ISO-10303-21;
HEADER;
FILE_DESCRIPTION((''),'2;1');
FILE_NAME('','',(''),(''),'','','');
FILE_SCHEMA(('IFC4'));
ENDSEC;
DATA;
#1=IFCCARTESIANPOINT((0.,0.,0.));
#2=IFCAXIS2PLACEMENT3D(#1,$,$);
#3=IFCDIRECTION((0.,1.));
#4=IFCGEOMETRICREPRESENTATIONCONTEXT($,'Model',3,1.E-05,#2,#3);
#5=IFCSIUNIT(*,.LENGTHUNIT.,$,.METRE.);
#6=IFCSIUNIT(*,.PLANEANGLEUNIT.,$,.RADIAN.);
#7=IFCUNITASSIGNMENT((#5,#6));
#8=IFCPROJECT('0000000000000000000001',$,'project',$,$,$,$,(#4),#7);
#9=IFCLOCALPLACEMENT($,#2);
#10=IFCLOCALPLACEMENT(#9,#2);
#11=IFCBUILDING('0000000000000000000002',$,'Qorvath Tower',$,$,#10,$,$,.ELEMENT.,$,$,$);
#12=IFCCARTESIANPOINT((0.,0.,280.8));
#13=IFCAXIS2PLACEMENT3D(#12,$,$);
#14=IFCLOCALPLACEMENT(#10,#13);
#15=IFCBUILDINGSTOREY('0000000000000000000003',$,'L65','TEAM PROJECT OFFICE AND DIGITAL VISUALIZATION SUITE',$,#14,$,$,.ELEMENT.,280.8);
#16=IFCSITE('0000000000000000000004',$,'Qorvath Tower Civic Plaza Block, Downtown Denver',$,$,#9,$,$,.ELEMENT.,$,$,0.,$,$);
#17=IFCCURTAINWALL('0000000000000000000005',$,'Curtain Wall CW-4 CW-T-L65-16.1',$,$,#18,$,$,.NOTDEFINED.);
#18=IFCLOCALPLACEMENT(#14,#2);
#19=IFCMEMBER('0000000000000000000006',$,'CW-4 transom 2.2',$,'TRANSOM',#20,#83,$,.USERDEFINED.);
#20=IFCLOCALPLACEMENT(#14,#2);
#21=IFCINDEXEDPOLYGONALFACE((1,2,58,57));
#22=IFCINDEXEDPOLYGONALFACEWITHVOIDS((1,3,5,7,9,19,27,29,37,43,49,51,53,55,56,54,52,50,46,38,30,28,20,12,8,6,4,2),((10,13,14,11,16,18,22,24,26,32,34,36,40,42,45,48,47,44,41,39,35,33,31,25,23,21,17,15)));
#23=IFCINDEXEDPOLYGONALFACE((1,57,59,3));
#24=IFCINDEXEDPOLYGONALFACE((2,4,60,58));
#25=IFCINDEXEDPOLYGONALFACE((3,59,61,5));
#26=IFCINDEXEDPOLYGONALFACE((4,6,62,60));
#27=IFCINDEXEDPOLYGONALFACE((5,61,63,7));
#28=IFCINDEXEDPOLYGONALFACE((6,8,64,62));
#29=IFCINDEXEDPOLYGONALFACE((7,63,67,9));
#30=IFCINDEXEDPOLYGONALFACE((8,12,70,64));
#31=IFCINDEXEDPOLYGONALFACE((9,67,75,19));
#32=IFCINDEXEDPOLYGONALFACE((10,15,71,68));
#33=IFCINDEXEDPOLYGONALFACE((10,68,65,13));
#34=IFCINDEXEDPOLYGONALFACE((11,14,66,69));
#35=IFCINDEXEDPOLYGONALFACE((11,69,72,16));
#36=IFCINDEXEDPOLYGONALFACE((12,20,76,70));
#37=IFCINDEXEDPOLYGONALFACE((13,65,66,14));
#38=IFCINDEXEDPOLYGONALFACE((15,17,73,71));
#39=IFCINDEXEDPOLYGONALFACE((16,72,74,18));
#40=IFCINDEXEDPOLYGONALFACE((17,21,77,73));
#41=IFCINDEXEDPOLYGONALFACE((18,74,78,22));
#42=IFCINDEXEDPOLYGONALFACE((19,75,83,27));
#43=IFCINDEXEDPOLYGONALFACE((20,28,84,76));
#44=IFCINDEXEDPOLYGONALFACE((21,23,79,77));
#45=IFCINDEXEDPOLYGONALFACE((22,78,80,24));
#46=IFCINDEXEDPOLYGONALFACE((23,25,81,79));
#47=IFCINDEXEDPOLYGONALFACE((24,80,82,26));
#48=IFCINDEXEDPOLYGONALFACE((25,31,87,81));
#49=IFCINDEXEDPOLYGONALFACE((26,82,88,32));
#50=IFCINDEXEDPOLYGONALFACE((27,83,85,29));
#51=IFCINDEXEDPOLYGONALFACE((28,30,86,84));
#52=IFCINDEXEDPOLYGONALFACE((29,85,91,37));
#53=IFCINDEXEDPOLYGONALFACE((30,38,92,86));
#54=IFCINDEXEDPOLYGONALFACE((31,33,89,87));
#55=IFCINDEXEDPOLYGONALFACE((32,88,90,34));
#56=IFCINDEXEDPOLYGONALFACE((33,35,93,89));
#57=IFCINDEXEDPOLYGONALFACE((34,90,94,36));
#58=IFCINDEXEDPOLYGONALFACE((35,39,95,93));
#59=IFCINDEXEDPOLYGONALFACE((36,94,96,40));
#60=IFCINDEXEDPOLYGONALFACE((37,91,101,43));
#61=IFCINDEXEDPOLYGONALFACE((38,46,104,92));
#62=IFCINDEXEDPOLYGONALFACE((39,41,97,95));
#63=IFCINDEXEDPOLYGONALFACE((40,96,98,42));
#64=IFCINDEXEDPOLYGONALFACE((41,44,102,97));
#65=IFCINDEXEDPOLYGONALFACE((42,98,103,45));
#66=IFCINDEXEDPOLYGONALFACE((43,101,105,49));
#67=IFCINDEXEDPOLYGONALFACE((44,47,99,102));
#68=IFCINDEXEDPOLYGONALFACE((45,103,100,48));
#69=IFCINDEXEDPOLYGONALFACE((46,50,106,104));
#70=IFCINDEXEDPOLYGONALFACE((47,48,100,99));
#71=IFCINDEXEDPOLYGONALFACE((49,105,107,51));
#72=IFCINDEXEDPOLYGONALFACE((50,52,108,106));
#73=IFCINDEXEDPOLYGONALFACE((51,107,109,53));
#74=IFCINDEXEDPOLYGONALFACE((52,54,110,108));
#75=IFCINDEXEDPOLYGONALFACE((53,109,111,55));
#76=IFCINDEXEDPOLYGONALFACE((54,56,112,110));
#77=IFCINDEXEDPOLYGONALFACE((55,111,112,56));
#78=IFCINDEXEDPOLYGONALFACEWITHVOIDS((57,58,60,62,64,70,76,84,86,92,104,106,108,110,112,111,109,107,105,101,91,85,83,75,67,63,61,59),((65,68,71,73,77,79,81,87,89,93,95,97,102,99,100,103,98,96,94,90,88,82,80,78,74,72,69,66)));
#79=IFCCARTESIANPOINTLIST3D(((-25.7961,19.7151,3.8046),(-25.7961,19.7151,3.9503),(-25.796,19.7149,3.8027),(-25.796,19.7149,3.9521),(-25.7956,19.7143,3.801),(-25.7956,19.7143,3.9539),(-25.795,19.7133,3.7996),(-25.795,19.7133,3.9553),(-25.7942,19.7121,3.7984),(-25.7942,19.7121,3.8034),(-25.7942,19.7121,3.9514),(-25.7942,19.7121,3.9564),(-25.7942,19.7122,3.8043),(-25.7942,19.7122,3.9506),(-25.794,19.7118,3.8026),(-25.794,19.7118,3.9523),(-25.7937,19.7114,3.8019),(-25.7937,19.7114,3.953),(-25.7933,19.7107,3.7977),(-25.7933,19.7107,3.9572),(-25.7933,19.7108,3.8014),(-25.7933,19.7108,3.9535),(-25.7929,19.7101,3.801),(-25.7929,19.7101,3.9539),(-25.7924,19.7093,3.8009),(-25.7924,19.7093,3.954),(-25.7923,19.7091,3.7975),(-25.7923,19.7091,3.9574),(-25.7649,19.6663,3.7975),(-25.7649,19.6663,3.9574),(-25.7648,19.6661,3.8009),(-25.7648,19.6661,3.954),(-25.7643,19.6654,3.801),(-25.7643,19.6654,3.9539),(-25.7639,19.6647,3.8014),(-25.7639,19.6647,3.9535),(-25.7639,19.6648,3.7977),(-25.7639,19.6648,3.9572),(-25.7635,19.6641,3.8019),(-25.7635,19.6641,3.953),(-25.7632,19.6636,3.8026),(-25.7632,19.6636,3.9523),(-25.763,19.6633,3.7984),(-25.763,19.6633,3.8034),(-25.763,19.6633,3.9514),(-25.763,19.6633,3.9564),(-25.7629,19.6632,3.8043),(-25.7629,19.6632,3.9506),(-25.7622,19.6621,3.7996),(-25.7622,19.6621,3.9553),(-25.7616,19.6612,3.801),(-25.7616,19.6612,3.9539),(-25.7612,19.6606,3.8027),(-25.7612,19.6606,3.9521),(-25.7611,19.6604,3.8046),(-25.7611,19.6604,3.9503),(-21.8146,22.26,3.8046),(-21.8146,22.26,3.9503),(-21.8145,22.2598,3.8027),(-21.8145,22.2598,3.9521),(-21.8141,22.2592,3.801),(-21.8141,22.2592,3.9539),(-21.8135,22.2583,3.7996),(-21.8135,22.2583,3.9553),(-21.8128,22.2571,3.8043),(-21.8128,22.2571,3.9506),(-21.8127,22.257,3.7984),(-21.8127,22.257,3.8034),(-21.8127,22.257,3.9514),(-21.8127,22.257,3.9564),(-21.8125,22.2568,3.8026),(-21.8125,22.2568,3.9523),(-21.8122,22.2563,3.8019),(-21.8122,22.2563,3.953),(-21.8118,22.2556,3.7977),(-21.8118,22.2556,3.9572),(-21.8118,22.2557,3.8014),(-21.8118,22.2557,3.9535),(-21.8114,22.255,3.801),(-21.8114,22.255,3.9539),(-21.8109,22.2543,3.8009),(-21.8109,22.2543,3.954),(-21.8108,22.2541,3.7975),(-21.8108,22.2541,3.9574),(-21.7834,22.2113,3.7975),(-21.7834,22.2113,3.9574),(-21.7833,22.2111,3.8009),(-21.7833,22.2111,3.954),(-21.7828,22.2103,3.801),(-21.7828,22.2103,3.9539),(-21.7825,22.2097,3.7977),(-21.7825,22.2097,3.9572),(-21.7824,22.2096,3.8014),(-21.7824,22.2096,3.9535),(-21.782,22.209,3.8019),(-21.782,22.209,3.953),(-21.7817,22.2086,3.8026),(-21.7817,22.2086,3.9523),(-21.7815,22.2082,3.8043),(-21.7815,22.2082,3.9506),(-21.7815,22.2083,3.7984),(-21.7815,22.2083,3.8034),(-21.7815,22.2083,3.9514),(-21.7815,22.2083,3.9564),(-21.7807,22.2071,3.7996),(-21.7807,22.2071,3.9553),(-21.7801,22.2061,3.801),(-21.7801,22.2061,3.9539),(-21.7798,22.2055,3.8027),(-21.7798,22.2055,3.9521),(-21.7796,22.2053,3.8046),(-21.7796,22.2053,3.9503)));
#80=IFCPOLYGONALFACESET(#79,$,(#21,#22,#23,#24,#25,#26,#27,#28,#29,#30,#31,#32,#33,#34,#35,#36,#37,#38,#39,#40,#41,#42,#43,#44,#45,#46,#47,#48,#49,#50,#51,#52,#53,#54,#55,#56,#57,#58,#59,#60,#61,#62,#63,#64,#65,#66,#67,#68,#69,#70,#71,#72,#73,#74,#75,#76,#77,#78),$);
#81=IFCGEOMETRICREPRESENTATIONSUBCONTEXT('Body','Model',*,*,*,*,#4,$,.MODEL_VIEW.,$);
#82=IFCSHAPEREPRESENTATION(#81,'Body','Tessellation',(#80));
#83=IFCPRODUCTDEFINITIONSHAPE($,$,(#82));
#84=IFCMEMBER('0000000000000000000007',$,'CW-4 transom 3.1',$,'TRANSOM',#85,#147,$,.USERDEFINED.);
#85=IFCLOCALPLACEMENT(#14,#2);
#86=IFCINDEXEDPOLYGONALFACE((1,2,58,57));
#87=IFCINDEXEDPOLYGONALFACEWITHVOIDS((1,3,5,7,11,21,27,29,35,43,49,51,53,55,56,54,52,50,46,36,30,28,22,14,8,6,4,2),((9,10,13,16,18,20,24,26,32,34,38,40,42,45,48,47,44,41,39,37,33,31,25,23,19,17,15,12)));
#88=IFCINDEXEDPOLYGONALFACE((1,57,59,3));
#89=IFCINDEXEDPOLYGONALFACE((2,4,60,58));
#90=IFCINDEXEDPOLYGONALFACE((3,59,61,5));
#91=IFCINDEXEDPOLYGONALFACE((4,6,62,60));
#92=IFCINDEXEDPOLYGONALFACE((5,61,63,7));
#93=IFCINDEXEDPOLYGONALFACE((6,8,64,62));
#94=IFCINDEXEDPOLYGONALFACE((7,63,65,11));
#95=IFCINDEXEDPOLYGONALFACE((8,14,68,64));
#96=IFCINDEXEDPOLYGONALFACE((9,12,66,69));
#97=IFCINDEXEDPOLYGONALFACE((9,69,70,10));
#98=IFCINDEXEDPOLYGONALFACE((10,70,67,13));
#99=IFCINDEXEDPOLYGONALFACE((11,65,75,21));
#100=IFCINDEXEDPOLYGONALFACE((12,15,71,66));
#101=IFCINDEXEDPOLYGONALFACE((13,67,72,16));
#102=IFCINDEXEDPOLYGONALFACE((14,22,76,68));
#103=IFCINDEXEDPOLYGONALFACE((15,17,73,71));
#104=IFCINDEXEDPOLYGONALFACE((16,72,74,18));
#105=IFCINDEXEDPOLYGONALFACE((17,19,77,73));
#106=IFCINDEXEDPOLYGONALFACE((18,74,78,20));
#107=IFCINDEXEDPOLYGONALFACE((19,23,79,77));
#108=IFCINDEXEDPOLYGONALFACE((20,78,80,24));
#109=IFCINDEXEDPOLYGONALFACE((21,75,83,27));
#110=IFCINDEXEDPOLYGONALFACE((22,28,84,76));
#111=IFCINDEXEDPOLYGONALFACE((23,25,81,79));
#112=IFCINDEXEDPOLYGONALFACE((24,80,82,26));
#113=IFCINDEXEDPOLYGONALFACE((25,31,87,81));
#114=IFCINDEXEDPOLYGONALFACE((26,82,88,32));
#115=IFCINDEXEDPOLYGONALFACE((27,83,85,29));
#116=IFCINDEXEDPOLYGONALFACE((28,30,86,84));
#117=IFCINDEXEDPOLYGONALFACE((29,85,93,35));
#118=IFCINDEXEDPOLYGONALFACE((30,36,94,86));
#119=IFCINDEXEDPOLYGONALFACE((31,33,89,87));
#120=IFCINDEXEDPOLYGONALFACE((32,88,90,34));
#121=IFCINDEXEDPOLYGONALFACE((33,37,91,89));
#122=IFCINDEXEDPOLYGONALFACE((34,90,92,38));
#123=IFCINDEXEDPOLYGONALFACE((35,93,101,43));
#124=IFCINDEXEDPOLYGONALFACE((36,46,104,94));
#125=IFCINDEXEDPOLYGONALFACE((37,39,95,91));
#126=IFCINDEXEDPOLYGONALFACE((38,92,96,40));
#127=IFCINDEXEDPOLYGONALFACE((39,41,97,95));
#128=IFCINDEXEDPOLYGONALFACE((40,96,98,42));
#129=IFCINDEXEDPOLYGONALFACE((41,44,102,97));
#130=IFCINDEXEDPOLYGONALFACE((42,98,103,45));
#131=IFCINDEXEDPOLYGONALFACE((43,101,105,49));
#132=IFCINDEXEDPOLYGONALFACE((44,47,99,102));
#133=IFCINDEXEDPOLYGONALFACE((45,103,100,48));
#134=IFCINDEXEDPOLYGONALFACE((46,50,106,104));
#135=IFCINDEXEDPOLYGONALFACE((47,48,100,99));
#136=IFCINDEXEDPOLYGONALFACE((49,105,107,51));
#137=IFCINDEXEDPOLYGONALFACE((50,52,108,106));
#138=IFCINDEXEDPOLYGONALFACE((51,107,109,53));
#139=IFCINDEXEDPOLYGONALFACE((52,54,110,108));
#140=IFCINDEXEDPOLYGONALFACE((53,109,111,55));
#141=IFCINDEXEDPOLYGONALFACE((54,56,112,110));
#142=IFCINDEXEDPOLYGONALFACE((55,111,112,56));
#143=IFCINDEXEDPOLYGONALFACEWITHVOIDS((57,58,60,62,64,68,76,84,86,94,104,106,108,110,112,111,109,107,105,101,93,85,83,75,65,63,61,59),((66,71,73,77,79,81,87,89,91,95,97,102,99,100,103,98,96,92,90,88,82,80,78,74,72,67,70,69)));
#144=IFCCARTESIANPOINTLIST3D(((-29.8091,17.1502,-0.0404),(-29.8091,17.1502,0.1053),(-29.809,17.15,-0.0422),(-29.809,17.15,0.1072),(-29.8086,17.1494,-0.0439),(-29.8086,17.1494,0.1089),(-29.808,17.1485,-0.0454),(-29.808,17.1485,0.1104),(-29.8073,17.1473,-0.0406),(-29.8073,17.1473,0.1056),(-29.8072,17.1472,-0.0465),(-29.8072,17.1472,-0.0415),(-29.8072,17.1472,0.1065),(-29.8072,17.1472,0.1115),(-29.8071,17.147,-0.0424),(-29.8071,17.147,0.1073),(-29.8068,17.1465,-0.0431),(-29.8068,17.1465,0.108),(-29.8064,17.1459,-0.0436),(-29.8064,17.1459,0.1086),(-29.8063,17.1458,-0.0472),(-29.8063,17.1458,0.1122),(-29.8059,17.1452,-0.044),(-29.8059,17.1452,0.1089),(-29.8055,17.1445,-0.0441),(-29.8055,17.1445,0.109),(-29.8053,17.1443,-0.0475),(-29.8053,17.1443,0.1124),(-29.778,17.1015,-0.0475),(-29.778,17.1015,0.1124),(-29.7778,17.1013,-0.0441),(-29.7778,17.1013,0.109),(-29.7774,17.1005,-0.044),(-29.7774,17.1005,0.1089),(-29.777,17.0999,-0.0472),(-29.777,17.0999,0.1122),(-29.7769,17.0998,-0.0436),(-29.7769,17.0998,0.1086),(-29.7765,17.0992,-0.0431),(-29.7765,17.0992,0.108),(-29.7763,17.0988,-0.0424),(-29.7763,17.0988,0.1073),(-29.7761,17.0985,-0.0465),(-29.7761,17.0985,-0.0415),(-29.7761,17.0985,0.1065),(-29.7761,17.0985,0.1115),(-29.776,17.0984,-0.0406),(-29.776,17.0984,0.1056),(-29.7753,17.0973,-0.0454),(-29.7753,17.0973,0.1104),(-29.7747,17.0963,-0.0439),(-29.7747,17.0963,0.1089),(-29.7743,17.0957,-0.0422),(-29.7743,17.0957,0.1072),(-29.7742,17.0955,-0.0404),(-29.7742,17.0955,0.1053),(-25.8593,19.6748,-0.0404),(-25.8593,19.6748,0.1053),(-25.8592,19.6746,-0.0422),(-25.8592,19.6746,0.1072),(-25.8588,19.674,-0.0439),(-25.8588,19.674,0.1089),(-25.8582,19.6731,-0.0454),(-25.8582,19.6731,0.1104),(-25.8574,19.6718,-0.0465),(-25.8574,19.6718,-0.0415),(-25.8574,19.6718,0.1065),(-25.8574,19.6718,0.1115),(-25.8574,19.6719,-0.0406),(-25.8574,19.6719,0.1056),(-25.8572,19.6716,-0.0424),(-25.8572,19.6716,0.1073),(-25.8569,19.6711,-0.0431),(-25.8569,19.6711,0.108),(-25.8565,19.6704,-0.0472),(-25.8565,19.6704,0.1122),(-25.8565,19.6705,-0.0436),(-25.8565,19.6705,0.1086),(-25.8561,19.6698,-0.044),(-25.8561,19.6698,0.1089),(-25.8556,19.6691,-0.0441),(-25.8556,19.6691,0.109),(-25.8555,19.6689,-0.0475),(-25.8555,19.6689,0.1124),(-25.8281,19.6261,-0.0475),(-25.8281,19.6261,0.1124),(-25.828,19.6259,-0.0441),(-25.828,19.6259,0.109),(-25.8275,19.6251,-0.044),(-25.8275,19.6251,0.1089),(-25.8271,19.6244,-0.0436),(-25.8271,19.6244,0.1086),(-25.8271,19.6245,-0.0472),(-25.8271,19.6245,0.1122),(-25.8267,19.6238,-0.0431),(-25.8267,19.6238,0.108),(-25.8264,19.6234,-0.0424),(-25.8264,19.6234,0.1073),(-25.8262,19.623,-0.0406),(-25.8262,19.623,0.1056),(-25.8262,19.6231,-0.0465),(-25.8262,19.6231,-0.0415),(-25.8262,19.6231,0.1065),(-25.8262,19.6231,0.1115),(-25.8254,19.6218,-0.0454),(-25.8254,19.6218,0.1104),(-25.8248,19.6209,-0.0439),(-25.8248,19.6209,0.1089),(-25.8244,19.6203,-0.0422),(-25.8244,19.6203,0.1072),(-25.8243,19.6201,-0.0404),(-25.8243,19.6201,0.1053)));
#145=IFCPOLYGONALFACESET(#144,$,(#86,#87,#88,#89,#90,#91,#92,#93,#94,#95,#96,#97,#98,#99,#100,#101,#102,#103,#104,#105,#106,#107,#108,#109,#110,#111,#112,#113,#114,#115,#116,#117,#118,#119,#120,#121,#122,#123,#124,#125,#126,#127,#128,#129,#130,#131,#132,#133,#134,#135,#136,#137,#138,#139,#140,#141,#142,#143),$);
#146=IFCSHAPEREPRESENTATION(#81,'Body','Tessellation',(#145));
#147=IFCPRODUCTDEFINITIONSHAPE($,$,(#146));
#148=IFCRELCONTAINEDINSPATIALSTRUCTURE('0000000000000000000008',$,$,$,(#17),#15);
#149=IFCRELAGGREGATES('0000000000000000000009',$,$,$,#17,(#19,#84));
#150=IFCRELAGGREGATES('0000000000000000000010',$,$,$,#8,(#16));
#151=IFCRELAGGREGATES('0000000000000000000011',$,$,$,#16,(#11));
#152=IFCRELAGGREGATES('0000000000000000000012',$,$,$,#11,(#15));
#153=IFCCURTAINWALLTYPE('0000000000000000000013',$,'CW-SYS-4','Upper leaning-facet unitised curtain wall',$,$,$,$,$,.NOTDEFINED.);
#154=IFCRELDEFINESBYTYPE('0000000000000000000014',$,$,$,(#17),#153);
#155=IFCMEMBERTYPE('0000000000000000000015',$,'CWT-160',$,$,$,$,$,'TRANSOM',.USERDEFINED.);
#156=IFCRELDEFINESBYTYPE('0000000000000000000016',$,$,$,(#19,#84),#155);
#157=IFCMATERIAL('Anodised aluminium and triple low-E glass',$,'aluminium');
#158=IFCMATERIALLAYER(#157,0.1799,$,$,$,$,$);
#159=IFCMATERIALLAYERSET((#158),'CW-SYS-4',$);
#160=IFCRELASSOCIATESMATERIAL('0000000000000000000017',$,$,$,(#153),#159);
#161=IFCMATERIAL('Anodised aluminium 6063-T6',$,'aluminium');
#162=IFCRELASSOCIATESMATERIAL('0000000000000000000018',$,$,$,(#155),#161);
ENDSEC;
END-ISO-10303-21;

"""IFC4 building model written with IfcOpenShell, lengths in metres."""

from ifc_helpers import new_model, si_unit, direction, frame, origin, origin_2d, place, context, subcontext, project, spatial, hollow_rectangle, extrude, material, layer, layer_set, material_profile, profile_set, type_object, element, aggregate, save


model = new_model("IFC4")

# Units and contexts
model_context = context("Model", 3, precision=1e-05, world=origin(), true_north=direction((0.0, 1.0)))
body_context = subcontext(model_context, "Body", "Model", "MODEL_VIEW")
ifc_project = project(units=[si_unit("LENGTHUNIT", "METRE"), si_unit("PLANEANGLEUNIT", "RADIAN")], contexts=[model_context])

# Site, building, storey
site_placement = place(None, origin())
site = spatial("IfcSite", under=ifc_project, at=site_placement, Name="Qorvath Tower Civic Plaza Block, Downtown Denver", CompositionType="ELEMENT", RefElevation=0.0)
building_placement = place(site_placement, origin())
building = spatial("IfcBuilding", under=site, at=building_placement, Name="Qorvath Tower", CompositionType="ELEMENT")
storey_placement = place(building_placement, frame((0.0, 0.0, 280.8)))
storey = spatial("IfcBuildingStorey", under=building, at=storey_placement, Name="L65", Description="TEAM PROJECT OFFICE AND DIGITAL VISUALIZATION SUITE", CompositionType="ELEMENT", Elevation=280.8)

# Curtain wall, members
ifc_material_1 = material(Name="Anodised aluminium and triple low-E glass", Category="aluminium")
ifc_layer_1 = layer(ifc_material_1, 0.1799)
ifc_layer_set_1 = layer_set([ifc_layer_1], Name="CW-SYS-4")
curtain_wall_type = type_object("IfcCurtainWallType", Name="CW-SYS-4", Description="Upper leaning-facet unitised curtain wall", PredefinedType="NOTDEFINED", material=ifc_layer_set_1)
curtain_wall_placement = place(storey_placement, origin())
curtain_wall = element("IfcCurtainWall", 1, at=curtain_wall_placement, inside=storey, type_object=curtain_wall_type, Name="Curtain Wall CW-4 CW-T-L65-16.1", PredefinedType="NOTDEFINED")
ifc_material_2 = material(Name="Anodised aluminium 6063-T6", Category="aluminium")
ifc_material_profile_1 = material_profile(ifc_material_2, hollow_rectangle(XDim=0.0649, YDim=0.1599, WallThickness=0.0034, InnerFilletRadius=0.0034, OuterFilletRadius=0.0071, at=origin_2d()), Name="CWT 160x65")
ifc_profile_set_1 = profile_set([ifc_material_profile_1], Name="Anodised aluminium 6063-T6")
member_type_1 = type_object("IfcMemberType", Name="CWT-160", ElementType="TRANSOM", PredefinedType="USERDEFINED", material=ifc_profile_set_1)
member_1_placement = place(storey_placement, frame((-21.7971, 22.2327, 3.8774), z_axis=(-0.842579, -0.538573, 0.0), x_axis=(0.538573, -0.842579, 0.0)))
member_1 = element("IfcMember", 2, at=member_1_placement, type_object=member_type_1, Name="CW-4 transom 2.2", ObjectType="TRANSOM", PredefinedType="USERDEFINED", context=body_context, shape_type="SweptSolid", body=[
    extrude(hollow_rectangle(XDim=0.0649, YDim=0.1599, WallThickness=0.0034, InnerFilletRadius=0.0034, OuterFilletRadius=0.0071, at=origin_2d()), origin(), (0.0, 0.0, 1.0), 4.7253),
])
member_2_placement = place(storey_placement, frame((-25.8418, 19.6475, 0.0325), z_axis=(-0.842592, -0.538553, 0.0), x_axis=(0.538553, -0.842592, 0.0)))
member_2 = element("IfcMember", 3, at=member_2_placement, type_object=member_type_1, Name="CW-4 transom 3.1", ObjectType="TRANSOM", PredefinedType="USERDEFINED", context=body_context, shape_type="SweptSolid", body=[
    extrude(hollow_rectangle(XDim=0.0649, YDim=0.1599, WallThickness=0.0034, InnerFilletRadius=0.0034, OuterFilletRadius=0.0071, at=origin_2d()), origin(), (0.0, 0.0, 1.0), 4.6877),
])
aggregate(curtain_wall, [member_1, member_2])

save(model, "model.ifc")
